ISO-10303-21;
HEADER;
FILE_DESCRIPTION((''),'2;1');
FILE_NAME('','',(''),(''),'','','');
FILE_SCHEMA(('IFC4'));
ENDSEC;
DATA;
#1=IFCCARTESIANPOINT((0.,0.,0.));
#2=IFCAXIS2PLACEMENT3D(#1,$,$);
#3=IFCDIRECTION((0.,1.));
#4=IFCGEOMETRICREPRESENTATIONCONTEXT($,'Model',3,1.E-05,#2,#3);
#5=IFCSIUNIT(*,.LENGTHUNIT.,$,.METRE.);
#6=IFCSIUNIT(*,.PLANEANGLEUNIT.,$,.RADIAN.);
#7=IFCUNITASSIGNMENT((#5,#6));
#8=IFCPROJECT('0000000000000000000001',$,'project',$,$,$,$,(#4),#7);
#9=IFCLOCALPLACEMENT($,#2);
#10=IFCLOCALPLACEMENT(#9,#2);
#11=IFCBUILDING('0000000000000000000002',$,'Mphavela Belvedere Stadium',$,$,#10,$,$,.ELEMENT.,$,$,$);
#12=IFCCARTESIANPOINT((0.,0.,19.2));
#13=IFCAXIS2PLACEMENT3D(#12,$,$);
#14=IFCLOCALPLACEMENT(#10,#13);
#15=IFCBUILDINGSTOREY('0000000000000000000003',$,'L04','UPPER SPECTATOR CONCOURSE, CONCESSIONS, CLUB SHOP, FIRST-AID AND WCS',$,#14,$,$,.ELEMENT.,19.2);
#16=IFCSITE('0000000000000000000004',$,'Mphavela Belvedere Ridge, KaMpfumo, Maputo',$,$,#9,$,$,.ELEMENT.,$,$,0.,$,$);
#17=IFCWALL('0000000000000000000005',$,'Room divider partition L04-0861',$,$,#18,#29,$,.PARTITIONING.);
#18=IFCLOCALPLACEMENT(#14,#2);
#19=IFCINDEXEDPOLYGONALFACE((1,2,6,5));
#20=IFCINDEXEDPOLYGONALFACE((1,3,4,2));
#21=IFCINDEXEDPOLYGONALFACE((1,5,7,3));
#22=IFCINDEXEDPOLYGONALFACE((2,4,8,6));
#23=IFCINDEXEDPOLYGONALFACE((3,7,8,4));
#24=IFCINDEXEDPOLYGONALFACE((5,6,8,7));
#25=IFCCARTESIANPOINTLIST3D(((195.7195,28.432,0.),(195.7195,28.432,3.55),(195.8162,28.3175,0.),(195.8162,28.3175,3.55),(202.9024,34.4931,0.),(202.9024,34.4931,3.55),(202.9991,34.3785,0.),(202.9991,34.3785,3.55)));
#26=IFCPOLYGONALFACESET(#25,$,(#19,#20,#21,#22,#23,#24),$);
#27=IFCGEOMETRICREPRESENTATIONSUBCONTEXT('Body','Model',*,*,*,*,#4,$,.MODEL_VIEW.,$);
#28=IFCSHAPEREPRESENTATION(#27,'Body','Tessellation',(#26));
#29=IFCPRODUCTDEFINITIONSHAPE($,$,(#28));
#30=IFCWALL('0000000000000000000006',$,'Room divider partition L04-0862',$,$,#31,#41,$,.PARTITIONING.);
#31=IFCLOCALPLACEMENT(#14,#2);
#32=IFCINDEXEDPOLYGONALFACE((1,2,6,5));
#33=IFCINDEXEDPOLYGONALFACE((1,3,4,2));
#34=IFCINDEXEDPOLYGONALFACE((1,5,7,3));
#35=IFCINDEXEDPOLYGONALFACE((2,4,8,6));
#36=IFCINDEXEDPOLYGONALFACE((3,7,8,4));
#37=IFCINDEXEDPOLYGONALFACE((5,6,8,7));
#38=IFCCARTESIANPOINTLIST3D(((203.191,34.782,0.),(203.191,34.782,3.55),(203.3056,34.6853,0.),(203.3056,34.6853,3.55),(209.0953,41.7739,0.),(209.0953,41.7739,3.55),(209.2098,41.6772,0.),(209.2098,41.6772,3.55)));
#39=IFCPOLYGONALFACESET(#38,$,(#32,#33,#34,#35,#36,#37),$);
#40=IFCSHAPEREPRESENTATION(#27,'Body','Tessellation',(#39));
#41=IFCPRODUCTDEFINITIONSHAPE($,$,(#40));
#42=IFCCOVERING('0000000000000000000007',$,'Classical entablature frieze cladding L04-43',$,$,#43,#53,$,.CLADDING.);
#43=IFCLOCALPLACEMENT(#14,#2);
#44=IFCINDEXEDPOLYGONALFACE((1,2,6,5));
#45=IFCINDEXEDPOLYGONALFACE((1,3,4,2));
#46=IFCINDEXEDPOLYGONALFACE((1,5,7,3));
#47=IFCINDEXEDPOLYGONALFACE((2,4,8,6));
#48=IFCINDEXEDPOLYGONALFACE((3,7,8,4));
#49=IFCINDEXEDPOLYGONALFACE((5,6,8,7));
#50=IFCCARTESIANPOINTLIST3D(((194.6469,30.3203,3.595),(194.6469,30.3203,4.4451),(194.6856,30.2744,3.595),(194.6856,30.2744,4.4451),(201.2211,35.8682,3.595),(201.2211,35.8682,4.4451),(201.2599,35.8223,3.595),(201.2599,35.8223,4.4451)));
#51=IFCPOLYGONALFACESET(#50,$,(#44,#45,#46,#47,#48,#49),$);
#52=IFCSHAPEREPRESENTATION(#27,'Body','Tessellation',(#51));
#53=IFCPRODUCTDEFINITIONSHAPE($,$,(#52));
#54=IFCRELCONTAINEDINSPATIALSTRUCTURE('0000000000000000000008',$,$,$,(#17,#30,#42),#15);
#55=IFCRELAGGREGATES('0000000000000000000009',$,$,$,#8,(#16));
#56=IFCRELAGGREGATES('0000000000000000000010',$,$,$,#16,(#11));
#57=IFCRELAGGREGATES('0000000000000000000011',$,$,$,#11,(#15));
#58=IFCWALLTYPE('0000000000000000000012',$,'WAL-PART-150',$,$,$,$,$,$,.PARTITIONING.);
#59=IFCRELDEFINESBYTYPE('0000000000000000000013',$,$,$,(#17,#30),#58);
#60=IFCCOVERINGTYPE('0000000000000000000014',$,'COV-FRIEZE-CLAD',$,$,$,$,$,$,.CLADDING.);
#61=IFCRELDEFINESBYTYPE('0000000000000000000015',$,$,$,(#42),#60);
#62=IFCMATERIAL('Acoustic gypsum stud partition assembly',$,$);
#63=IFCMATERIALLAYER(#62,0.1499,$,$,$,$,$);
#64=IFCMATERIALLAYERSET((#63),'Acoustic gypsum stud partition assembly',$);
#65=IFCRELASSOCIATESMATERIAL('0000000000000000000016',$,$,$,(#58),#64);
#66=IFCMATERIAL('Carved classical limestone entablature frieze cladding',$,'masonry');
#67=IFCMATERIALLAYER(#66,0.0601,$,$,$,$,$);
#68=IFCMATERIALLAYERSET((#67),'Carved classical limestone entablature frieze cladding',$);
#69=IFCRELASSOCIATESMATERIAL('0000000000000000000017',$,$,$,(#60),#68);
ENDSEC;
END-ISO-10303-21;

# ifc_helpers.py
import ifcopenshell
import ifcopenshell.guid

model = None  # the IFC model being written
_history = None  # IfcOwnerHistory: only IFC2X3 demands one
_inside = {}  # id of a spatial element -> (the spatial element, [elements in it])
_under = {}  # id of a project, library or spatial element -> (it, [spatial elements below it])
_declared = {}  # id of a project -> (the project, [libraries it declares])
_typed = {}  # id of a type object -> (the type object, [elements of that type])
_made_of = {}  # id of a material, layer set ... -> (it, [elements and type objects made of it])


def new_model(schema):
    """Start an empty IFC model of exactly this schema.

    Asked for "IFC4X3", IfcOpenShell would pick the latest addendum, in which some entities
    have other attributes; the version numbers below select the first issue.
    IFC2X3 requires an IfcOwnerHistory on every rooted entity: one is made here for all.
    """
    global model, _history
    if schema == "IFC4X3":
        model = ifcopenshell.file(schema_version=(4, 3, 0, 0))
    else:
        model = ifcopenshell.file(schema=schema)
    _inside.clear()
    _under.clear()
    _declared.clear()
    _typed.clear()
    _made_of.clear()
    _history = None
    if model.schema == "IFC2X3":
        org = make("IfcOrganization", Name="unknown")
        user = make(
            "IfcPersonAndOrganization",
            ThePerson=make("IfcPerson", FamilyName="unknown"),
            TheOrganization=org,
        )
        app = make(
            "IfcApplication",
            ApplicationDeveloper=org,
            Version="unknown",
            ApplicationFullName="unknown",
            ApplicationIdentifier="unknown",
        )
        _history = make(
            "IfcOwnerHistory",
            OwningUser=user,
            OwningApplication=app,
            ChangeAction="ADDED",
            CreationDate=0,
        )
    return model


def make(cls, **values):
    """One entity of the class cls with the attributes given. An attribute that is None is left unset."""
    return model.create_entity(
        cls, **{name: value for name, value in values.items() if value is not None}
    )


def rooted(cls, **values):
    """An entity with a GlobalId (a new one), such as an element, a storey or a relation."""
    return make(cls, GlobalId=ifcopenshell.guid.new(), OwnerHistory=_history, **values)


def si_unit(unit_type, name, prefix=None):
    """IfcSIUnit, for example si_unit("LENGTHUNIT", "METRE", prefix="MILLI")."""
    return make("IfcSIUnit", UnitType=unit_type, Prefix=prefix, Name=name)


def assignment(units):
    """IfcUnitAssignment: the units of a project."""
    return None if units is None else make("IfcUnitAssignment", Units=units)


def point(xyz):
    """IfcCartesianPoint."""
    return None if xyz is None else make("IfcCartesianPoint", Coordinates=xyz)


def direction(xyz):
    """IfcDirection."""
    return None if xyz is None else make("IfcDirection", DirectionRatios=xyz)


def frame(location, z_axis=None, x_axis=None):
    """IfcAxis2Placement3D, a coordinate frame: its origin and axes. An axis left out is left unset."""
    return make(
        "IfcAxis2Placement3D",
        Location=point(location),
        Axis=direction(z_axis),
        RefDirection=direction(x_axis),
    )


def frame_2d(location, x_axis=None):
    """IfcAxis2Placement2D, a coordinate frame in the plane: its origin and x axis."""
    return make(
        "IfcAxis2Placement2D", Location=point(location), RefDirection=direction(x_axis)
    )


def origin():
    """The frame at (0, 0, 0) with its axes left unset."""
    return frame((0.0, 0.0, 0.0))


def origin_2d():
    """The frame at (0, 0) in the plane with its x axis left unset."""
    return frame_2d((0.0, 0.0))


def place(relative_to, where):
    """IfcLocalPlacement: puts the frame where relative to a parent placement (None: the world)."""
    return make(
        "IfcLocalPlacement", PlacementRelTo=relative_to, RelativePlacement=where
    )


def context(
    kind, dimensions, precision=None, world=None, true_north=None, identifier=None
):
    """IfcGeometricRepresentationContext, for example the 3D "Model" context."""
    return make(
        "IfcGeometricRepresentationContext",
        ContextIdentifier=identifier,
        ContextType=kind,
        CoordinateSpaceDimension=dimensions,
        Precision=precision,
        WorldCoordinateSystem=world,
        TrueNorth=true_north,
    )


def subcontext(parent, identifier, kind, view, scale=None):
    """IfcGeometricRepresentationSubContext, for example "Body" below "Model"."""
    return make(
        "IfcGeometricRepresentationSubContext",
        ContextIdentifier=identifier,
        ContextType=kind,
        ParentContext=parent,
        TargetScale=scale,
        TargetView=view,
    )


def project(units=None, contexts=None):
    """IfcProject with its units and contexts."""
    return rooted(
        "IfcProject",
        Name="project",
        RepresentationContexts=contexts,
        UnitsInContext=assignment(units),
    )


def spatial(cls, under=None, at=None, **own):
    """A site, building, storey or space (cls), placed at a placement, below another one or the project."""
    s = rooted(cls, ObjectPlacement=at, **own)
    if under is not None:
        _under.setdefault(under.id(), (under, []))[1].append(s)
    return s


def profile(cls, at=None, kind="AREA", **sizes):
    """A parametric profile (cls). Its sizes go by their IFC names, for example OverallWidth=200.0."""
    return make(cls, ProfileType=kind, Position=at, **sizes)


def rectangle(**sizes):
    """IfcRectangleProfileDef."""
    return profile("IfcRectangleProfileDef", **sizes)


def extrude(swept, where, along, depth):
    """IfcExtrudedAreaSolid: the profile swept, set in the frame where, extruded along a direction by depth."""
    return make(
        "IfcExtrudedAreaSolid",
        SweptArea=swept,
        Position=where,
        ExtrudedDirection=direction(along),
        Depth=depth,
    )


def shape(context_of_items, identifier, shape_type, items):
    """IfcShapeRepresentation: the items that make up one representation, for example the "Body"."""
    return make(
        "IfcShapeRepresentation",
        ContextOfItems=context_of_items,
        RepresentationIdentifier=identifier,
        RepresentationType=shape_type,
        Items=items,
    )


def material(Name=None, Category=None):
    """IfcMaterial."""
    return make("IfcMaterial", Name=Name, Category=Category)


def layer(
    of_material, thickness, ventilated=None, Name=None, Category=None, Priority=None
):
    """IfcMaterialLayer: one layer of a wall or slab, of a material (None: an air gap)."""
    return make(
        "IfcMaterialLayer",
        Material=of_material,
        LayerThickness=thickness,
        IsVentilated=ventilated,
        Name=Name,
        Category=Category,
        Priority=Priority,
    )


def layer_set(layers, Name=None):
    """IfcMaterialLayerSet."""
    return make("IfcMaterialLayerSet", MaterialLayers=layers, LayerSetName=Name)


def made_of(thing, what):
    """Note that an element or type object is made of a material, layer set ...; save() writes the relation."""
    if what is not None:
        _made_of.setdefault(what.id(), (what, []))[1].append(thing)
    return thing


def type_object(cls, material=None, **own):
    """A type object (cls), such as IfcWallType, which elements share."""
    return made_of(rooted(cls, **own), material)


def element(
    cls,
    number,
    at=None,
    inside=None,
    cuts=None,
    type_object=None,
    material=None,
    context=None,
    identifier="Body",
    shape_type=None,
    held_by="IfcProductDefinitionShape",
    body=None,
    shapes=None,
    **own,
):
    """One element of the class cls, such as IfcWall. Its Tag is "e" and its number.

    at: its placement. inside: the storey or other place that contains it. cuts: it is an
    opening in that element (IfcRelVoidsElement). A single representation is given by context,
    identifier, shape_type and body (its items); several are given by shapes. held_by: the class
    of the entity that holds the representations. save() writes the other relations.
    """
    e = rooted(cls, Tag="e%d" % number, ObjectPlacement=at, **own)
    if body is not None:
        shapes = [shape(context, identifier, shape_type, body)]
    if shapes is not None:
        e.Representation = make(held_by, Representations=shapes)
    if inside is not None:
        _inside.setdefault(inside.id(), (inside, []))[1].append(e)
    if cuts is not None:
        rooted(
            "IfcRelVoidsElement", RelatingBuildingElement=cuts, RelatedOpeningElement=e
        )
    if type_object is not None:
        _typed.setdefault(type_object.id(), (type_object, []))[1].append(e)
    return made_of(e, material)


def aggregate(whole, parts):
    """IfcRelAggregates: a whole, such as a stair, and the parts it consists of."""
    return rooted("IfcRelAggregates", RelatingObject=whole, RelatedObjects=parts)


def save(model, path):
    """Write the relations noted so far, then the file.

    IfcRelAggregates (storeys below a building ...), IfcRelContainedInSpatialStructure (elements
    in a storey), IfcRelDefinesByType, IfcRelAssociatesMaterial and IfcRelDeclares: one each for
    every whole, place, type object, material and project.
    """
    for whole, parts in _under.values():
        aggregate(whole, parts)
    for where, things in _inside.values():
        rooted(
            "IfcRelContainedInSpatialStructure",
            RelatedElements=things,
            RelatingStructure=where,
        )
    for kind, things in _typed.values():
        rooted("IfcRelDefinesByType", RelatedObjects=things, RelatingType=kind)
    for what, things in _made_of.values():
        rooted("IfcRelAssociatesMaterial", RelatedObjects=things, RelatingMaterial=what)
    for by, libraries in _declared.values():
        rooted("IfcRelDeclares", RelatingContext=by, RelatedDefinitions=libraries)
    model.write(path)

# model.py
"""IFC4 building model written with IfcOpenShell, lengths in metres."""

from ifc_helpers import new_model, si_unit, direction, frame, frame_2d, origin, origin_2d, place, context, subcontext, project, spatial, rectangle, extrude, material, layer, layer_set, type_object, element, save


model = new_model("IFC4")

# Units and contexts
model_context = context("Model", 3, precision=1e-05, world=origin(), true_north=direction((0.0, 1.0)))
body_context = subcontext(model_context, "Body", "Model", "MODEL_VIEW")
ifc_project = project(units=[si_unit("LENGTHUNIT", "METRE"), si_unit("PLANEANGLEUNIT", "RADIAN")], contexts=[model_context])

# Site, building, storey
site_placement = place(None, origin())
site = spatial("IfcSite", under=ifc_project, at=site_placement, Name="Mphavela Belvedere Ridge, KaMpfumo, Maputo", CompositionType="ELEMENT", RefElevation=0.0)
building_placement = place(site_placement, origin())
building = spatial("IfcBuilding", under=site, at=building_placement, Name="Mphavela Belvedere Stadium", CompositionType="ELEMENT")
storey_placement = place(building_placement, frame((0.0, 0.0, 19.2)))
storey = spatial("IfcBuildingStorey", under=building, at=storey_placement, Name="L04", Description="UPPER SPECTATOR CONCOURSE, CONCESSIONS, CLUB SHOP, FIRST-AID AND WCS", CompositionType="ELEMENT", Elevation=19.2)

# Walls
ifc_material_1 = material(Name="Acoustic gypsum stud partition assembly")
ifc_layer_1 = layer(ifc_material_1, 0.1499)
ifc_layer_set_1 = layer_set([ifc_layer_1], Name="Acoustic gypsum stud partition assembly")
wall_type = type_object("IfcWallType", Name="WAL-PART-150", PredefinedType="PARTITIONING", material=ifc_layer_set_1)
wall_1_placement = place(storey_placement, frame((195.7678, 28.3748, 0.0), z_axis=(0.0, 0.0, 1.0), x_axis=(0.764265, 0.644902, 0.0)))
element("IfcWall", 1, at=wall_1_placement, inside=storey, type_object=wall_type, Name="Room divider partition L04-0861", PredefinedType="PARTITIONING", context=body_context, shape_type="SweptSolid", body=[
    extrude(rectangle(XDim=9.3984, YDim=0.1499, at=frame_2d((4.6992, 0.0))), origin(), (0.0, 0.0, 1.0), 3.55),
])
wall_2_placement = place(storey_placement, frame((203.2483, 34.7336, 0.0), z_axis=(0.0, 0.0, 1.0), x_axis=(0.64518, 0.764031, 0.0)))
element("IfcWall", 2, at=wall_2_placement, inside=storey, type_object=wall_type, Name="Room divider partition L04-0862", PredefinedType="PARTITIONING", context=body_context, shape_type="SweptSolid", body=[
    extrude(rectangle(XDim=9.1514, YDim=0.1499, at=frame_2d((4.5757, 0.0))), origin(), (0.0, 0.0, 1.0), 3.55),
])

# Covering
ifc_material_2 = material(Name="Carved classical limestone entablature frieze cladding", Category="masonry")
ifc_layer_2 = layer(ifc_material_2, 0.0601)
ifc_layer_set_2 = layer_set([ifc_layer_2], Name="Carved classical limestone entablature frieze cladding")
covering_type = type_object("IfcCoveringType", Name="COV-FRIEZE-CLAD", PredefinedType="CLADDING", material=ifc_layer_set_2)
covering_placement = place(storey_placement, frame((197.9534, 33.0713, 3.595), z_axis=(0.0, 0.0, 1.0), x_axis=(0.764246, 0.644924, 0.0)))
element("IfcCovering", 3, at=covering_placement, inside=storey, type_object=covering_type, Name="Classical entablature frieze cladding L04-43", PredefinedType="CLADDING", context=body_context, shape_type="SweptSolid", body=[
    extrude(rectangle(XDim=8.6023, YDim=0.0601, at=origin_2d()), origin(), (0.0, 0.0, 1.0), 0.8501),
])

save(model, "model.ifc")
